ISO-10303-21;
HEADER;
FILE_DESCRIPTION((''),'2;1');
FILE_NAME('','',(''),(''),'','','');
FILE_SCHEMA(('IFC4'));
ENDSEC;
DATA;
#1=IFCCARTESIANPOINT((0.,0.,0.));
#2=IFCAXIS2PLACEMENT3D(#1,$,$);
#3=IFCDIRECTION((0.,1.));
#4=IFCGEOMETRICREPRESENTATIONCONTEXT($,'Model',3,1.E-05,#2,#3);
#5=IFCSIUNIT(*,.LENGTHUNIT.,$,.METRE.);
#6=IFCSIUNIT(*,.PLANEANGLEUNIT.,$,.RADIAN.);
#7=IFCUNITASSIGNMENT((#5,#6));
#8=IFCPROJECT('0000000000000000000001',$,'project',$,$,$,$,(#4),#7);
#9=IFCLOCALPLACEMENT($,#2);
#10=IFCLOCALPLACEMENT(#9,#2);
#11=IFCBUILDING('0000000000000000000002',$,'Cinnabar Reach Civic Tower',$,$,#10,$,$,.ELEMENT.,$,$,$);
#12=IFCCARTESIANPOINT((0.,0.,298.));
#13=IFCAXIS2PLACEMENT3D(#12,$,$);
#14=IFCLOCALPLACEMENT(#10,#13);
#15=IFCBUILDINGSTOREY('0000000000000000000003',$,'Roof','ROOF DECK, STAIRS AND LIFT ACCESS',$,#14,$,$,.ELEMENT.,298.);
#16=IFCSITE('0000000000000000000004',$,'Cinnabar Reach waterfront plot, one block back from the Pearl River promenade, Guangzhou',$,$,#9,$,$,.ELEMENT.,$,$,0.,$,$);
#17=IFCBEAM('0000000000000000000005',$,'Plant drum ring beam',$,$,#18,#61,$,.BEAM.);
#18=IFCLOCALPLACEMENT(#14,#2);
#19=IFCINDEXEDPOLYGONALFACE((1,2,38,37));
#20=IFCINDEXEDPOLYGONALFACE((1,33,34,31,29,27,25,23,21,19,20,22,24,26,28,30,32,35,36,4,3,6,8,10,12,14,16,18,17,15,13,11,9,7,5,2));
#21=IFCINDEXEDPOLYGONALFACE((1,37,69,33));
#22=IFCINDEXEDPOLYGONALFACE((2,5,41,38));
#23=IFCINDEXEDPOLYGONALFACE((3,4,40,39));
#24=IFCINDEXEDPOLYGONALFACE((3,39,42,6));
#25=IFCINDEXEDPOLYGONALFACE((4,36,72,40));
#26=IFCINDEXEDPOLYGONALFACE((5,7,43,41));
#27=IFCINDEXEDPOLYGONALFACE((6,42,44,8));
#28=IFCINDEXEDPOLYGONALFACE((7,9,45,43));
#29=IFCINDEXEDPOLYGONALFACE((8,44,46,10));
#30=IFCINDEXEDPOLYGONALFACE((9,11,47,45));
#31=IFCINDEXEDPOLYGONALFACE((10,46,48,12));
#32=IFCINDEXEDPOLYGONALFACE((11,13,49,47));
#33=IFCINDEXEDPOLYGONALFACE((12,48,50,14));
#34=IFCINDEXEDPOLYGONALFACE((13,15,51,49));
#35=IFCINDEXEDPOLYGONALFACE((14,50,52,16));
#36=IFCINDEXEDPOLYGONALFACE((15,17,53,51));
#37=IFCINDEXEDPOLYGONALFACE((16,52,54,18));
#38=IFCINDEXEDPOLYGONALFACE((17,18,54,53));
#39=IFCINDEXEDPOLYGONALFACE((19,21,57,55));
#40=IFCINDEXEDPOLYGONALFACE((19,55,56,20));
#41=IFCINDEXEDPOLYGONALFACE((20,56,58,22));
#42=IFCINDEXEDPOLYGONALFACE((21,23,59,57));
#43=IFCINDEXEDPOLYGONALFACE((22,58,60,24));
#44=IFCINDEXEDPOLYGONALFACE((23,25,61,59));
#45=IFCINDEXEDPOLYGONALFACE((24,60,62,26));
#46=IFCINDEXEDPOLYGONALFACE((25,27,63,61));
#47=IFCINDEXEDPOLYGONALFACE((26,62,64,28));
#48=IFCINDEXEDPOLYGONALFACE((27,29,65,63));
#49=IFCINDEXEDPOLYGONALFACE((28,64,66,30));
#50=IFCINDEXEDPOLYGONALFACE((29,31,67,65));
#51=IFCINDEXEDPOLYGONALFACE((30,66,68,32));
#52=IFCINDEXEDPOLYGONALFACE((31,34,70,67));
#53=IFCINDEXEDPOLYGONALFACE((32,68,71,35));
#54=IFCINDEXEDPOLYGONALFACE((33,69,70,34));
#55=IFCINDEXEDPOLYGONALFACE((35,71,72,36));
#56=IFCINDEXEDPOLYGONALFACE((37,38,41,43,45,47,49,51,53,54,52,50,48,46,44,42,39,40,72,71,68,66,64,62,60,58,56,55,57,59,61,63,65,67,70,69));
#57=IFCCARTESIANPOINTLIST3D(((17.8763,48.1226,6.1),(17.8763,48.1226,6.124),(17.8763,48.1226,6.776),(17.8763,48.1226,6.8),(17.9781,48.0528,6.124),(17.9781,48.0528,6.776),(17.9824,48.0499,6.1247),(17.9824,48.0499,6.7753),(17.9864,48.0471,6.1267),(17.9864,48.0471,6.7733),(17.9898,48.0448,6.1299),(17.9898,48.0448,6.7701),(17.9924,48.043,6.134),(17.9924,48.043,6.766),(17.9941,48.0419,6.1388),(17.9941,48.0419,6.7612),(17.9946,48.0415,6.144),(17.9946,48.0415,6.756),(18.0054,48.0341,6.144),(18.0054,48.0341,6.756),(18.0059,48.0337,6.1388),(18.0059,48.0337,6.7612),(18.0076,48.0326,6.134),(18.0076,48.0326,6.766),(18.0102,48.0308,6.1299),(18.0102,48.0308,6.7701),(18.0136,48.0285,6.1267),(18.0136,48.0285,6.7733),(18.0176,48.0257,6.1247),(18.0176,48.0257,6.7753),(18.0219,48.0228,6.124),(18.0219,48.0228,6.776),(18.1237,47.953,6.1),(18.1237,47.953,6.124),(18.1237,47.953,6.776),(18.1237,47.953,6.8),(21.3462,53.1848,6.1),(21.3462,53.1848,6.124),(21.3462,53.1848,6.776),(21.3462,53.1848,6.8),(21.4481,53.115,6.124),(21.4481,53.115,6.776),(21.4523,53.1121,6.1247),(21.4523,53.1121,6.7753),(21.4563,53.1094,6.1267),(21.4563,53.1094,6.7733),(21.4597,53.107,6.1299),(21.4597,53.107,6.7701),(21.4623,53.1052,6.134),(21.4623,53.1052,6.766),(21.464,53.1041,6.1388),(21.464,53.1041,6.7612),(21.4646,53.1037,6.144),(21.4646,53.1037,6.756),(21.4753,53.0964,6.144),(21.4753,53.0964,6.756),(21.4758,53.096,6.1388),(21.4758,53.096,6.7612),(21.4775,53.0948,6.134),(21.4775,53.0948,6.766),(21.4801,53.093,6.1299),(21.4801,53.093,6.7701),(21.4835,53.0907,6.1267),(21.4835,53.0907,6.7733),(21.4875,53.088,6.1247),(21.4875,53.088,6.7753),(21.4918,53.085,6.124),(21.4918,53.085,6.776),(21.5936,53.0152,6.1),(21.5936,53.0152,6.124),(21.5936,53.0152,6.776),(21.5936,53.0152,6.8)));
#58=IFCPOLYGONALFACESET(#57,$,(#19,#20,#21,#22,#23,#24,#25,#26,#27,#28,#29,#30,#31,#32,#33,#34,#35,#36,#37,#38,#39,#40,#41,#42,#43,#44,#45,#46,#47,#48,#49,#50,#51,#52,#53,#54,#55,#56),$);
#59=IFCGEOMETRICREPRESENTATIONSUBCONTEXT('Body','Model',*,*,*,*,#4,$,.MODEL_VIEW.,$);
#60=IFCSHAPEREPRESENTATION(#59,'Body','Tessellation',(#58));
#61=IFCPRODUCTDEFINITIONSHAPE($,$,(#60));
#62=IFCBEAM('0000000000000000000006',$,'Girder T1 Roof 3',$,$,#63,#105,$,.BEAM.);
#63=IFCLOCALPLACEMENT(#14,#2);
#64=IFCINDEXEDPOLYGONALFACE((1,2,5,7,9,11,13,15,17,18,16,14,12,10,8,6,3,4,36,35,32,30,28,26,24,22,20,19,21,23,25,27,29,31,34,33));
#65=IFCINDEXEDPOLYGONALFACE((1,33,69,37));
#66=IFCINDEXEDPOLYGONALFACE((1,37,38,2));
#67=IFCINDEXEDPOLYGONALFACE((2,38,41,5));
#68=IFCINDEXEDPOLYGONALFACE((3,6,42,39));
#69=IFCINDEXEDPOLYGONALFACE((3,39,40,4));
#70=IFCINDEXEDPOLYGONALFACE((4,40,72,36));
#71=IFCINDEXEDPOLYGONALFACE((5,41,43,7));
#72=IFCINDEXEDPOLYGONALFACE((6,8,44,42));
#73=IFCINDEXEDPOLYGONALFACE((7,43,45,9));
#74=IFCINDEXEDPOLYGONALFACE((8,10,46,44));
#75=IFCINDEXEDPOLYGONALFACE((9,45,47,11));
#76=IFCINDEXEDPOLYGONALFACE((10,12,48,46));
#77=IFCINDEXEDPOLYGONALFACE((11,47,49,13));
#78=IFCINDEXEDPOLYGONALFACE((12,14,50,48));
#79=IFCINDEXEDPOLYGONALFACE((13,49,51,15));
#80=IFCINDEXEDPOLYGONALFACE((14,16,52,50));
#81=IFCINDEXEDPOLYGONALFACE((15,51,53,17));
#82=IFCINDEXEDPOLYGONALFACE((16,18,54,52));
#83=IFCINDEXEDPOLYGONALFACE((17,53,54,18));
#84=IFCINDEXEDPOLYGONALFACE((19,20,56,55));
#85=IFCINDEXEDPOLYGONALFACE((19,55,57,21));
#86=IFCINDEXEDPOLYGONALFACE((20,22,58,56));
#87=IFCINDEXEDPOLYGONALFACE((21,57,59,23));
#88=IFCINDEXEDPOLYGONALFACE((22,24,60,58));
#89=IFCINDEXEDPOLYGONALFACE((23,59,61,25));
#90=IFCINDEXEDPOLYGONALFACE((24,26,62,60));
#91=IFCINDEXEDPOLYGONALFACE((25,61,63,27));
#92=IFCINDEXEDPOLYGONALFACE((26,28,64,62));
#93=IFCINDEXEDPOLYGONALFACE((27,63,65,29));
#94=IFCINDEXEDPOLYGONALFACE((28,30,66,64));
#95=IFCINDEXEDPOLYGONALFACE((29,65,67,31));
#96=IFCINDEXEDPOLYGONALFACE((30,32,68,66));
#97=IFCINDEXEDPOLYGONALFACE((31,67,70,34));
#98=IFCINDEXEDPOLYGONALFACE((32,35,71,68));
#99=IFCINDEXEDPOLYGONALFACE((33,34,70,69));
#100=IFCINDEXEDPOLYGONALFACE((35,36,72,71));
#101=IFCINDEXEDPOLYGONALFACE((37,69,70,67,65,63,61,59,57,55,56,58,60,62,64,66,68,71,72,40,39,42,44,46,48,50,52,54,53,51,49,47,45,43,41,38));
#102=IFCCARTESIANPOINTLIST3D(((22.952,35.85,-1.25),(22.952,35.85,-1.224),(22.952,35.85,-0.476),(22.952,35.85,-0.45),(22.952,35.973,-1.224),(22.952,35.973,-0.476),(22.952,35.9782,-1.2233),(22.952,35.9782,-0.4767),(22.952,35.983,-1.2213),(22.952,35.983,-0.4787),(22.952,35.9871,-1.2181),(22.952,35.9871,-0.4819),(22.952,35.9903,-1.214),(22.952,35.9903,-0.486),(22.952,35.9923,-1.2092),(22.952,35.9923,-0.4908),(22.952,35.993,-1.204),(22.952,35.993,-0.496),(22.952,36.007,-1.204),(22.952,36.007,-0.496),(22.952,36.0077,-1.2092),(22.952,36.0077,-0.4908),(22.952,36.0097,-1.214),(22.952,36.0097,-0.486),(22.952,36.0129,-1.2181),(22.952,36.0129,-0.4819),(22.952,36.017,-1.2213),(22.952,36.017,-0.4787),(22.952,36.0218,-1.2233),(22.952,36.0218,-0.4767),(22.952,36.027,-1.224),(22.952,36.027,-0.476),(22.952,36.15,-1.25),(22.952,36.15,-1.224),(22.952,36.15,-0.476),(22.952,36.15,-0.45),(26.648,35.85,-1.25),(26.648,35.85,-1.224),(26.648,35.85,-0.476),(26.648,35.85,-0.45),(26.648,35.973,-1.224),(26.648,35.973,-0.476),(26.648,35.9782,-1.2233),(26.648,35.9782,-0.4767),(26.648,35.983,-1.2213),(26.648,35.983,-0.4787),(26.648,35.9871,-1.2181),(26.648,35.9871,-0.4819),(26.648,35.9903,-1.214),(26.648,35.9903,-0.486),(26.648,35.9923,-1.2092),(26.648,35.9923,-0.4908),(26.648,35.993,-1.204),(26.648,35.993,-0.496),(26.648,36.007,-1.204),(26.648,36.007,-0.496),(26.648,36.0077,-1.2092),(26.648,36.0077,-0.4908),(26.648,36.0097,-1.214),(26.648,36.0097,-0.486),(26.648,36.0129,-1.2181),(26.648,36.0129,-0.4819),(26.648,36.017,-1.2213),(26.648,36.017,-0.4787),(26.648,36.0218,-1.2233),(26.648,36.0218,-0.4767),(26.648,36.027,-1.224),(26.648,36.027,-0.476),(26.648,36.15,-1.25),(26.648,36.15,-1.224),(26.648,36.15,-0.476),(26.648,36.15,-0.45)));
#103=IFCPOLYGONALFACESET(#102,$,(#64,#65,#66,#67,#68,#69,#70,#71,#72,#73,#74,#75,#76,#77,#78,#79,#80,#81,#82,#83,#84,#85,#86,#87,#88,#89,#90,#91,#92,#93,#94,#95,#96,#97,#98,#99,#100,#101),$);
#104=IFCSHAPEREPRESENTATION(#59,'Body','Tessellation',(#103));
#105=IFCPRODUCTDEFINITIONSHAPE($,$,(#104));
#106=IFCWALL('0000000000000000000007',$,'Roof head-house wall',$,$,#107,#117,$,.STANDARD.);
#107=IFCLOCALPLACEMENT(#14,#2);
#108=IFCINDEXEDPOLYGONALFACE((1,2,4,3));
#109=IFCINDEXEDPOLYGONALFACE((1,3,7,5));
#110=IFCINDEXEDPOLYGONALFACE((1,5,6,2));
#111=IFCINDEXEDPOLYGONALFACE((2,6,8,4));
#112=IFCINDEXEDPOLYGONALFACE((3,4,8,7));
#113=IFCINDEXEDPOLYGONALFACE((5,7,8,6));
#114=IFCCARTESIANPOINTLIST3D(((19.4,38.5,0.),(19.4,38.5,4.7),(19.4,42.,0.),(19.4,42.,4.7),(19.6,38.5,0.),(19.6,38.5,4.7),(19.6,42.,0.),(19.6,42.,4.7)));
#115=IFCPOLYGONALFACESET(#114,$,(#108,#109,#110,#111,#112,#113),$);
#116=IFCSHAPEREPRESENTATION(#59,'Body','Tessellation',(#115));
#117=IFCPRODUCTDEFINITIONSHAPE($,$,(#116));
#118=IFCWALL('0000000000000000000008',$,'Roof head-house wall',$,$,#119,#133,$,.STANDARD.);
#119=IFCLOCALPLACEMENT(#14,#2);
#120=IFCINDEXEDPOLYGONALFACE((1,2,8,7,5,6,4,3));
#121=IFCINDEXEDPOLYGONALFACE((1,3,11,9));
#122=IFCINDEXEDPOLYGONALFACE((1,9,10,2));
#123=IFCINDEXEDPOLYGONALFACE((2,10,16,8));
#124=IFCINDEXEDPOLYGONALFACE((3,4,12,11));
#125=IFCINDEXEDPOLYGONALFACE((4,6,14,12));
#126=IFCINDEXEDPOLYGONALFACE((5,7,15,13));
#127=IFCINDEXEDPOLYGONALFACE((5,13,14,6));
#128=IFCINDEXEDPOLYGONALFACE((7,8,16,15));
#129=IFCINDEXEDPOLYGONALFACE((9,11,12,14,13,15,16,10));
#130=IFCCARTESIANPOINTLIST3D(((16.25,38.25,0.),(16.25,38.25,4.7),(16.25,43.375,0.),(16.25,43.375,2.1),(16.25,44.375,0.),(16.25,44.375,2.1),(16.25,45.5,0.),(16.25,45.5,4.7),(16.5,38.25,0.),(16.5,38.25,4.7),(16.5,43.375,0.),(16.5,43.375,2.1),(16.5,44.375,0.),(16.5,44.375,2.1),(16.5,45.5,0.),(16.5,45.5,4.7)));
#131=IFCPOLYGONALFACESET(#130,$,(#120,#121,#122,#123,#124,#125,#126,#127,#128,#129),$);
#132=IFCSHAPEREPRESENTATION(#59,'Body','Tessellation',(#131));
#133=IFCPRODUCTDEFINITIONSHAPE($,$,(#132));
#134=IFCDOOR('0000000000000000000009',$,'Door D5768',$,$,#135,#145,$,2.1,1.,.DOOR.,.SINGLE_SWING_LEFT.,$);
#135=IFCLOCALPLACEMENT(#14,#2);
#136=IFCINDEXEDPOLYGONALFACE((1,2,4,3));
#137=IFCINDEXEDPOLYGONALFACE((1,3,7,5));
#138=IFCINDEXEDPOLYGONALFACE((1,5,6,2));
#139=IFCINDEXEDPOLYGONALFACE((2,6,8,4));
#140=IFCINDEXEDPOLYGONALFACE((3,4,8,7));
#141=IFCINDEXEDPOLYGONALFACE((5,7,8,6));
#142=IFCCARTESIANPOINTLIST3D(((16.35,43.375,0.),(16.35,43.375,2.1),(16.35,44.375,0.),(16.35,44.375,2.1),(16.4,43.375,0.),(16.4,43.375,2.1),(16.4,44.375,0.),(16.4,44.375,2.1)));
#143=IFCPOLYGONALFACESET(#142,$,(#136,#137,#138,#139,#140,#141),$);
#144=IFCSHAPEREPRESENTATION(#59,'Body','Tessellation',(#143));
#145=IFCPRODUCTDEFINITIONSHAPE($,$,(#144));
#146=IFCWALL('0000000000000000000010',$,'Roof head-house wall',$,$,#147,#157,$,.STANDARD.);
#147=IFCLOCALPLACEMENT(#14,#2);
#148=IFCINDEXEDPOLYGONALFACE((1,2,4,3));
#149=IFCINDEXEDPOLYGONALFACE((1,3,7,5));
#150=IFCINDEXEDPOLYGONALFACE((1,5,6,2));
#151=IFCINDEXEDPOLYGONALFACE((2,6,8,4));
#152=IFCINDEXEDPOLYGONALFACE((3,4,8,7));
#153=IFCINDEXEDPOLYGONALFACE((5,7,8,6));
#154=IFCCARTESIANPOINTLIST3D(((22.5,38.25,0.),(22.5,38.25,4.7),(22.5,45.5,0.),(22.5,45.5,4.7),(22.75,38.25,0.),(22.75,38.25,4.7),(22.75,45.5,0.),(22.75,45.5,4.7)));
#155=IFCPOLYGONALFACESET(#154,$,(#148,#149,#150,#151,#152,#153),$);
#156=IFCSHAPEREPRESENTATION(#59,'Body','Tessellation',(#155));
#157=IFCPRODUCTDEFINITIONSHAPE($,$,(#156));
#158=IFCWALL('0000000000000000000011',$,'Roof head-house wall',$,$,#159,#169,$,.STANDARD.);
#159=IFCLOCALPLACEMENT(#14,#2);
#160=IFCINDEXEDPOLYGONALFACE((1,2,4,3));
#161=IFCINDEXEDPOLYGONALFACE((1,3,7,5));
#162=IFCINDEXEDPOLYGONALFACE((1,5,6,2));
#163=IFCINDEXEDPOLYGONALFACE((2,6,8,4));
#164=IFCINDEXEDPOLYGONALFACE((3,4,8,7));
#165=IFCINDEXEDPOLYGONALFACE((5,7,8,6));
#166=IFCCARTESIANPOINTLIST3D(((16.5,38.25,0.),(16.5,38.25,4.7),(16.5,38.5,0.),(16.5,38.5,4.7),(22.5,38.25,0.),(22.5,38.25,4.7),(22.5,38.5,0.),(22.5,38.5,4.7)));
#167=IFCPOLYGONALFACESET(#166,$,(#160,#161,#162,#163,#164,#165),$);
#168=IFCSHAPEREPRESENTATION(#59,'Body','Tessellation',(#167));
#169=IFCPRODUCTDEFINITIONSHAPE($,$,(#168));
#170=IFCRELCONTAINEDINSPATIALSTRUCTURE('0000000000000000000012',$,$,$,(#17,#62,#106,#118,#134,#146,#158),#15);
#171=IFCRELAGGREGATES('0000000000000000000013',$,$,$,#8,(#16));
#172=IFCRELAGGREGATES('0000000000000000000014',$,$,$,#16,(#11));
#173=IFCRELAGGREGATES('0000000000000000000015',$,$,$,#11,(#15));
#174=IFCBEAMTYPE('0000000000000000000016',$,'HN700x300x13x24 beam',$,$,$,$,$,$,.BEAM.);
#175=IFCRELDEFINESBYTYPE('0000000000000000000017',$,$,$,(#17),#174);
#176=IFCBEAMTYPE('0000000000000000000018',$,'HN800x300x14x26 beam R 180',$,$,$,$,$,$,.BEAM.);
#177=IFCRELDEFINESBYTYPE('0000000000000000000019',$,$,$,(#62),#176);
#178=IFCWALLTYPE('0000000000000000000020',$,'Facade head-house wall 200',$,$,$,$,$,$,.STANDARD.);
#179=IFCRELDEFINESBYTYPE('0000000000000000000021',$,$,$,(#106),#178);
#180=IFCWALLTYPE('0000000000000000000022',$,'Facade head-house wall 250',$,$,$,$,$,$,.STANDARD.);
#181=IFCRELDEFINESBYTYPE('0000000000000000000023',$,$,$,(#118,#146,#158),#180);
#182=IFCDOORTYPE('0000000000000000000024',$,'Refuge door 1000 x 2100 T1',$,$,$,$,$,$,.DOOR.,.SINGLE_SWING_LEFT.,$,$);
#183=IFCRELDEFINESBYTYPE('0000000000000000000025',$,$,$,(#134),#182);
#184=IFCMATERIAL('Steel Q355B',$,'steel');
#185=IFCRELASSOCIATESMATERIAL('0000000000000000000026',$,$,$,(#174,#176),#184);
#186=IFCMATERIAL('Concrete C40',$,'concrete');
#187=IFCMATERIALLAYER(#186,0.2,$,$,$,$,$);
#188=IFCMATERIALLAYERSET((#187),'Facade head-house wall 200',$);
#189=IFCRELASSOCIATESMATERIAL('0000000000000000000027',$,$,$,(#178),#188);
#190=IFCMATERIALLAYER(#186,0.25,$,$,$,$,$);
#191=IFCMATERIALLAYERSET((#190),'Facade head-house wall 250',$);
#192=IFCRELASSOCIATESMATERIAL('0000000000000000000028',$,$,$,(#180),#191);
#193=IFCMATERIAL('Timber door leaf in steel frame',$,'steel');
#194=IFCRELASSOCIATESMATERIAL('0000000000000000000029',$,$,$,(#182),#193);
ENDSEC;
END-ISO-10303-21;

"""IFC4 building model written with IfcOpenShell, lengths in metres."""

from ifc_helpers import new_model, si_unit, direction, frame, frame_2d, origin, origin_2d, place, context, subcontext, project, spatial, rectangle, i_section, extrude, material, layer, layer_set, material_profile, profile_set, type_object, element, fill, save


model = new_model("IFC4")

# Units and contexts
model_context = context("Model", 3, precision=1e-05, world=origin(), true_north=direction((0.0, 1.0)))
body_context = subcontext(model_context, "Body", "Model", "MODEL_VIEW")
ifc_project = project(units=[si_unit("LENGTHUNIT", "METRE"), si_unit("PLANEANGLEUNIT", "RADIAN")], contexts=[model_context])

# Site, building, storey
site_placement = place(None, origin())
site = spatial("IfcSite", under=ifc_project, at=site_placement, Name="Cinnabar Reach waterfront plot, one block back from the Pearl River promenade, Guangzhou", CompositionType="ELEMENT", RefElevation=0.0)
building_placement = place(site_placement, origin())
building = spatial("IfcBuilding", under=site, at=building_placement, Name="Cinnabar Reach Civic Tower", CompositionType="ELEMENT")
storey_placement = place(building_placement, frame((0.0, 0.0, 298.0)))
storey = spatial("IfcBuildingStorey", under=building, at=storey_placement, Name="Roof", Description="ROOF DECK, STAIRS AND LIFT ACCESS", CompositionType="ELEMENT", Elevation=298.0)

# Shared definitions
ifc_material_1 = material(Name="Steel Q355B", Category="steel")

# Beams
ifc_material_profile_1 = material_profile(ifc_material_1, i_section(OverallWidth=0.3, OverallDepth=0.7, WebThickness=0.013, FlangeThickness=0.024, FilletRadius=0.02, at=origin_2d()), Name="HN700x300x13x24")
ifc_profile_set_1 = profile_set([ifc_material_profile_1], Name="Steel Q355B")
beam_type_1 = type_object("IfcBeamType", Name="HN700x300x13x24 beam", PredefinedType="BEAM", material=ifc_profile_set_1)
beam_1_placement = place(storey_placement, frame((18.0, 48.0378, 6.45), z_axis=(0.565382, 0.824829, 0.0), x_axis=(-0.824829, 0.565382, 0.0)))
element("IfcBeam", 1, at=beam_1_placement, inside=storey, type_object=beam_type_1, Name="Plant drum ring beam", PredefinedType="BEAM", context=body_context, shape_type="SweptSolid", body=[
    extrude(i_section(OverallWidth=0.3, OverallDepth=0.7, WebThickness=0.013, FlangeThickness=0.024, FilletRadius=0.02, at=origin_2d()), origin(), (0.0, 0.0, 1.0), 6.1373),
])
ifc_material_profile_2 = material_profile(ifc_material_1, i_section(OverallWidth=0.3, OverallDepth=0.8, WebThickness=0.014, FlangeThickness=0.026, FilletRadius=0.02, at=origin_2d()), Name="HN800x300x14x26")
ifc_profile_set_2 = profile_set([ifc_material_profile_2], Name="Steel Q355B")
beam_type_2 = type_object("IfcBeamType", Name="HN800x300x14x26 beam R 180", PredefinedType="BEAM", material=ifc_profile_set_2)
beam_2_placement = place(storey_placement, frame((22.952, 36.0, -0.85), z_axis=(1.0, 0.0, 0.0), x_axis=(0.0, 1.0, 0.0)))
element("IfcBeam", 2, at=beam_2_placement, inside=storey, type_object=beam_type_2, Name="Girder T1 Roof 3", PredefinedType="BEAM", context=body_context, shape_type="SweptSolid", body=[
    extrude(i_section(OverallWidth=0.3, OverallDepth=0.8, WebThickness=0.014, FlangeThickness=0.026, FilletRadius=0.02, at=origin_2d()), origin(), (0.0, 0.0, 1.0), 3.696),
])

# Wall
ifc_material_2 = material(Name="Concrete C40", Category="concrete")
ifc_layer_1 = layer(ifc_material_2, 0.2)
ifc_layer_set_1 = layer_set([ifc_layer_1], Name="Facade head-house wall 200")
wall_type_1 = type_object("IfcWallType", Name="Facade head-house wall 200", PredefinedType="STANDARD", material=ifc_layer_set_1)
wall_1_placement = place(storey_placement, frame((19.5, 38.5, 0.0), z_axis=(0.0, 0.0, 1.0), x_axis=(0.0, 1.0, 0.0)))
element("IfcWall", 3, at=wall_1_placement, inside=storey, type_object=wall_type_1, Name="Roof head-house wall", PredefinedType="STANDARD", context=body_context, shape_type="SweptSolid", body=[
    extrude(rectangle(XDim=3.5, YDim=0.2, at=frame_2d((1.75, 0.0))), origin(), (0.0, 0.0, 1.0), 4.7),
])

# Wall, opening, door
ifc_layer_2 = layer(ifc_material_2, 0.25)
ifc_layer_set_2 = layer_set([ifc_layer_2], Name="Facade head-house wall 250")
wall_type_2 = type_object("IfcWallType", Name="Facade head-house wall 250", PredefinedType="STANDARD", material=ifc_layer_set_2)
wall_2_placement = place(storey_placement, frame((16.375, 38.25, 0.0), z_axis=(0.0, 0.0, 1.0), x_axis=(0.0, 1.0, 0.0)))
wall_2 = element("IfcWall", 4, at=wall_2_placement, inside=storey, type_object=wall_type_2, Name="Roof head-house wall", PredefinedType="STANDARD", context=body_context, shape_type="SweptSolid", body=[
    extrude(rectangle(XDim=7.25, YDim=0.25, at=frame_2d((3.625, 0.0))), origin(), (0.0, 0.0, 1.0), 4.7),
])
opening_1_placement = place(wall_2_placement, frame((5.125, 0.0, 0.0)))
opening_1 = element("IfcOpeningElement", 5, at=opening_1_placement, cuts=wall_2, PredefinedType="OPENING", context=body_context, shape_type="SweptSolid", body=[
    extrude(rectangle(XDim=1.0, YDim=2.1, at=frame_2d((0.5, 1.05))), frame((0.0, 0.135, 0.0), z_axis=(0.0, -1.0, 0.0), x_axis=(1.0, 0.0, 0.0)), (0.0, 0.0, 1.0), 0.27),
])
ifc_material_3 = material(Name="Timber door leaf in steel frame", Category="steel")
door_type_1 = type_object("IfcDoorType", Name="Refuge door 1000 x 2100 T1", OperationType="SINGLE_SWING_LEFT", PredefinedType="DOOR", material=ifc_material_3)
door_1_placement = place(opening_1_placement, frame((1.0, 0.0, 0.0), z_axis=(0.0, 0.0, 1.0), x_axis=(-1.0, 0.0, 0.0)))
door_1 = element("IfcDoor", 6, at=door_1_placement, inside=storey, type_object=door_type_1, Name="Door D5768", OperationType="SINGLE_SWING_LEFT", OverallHeight=2.1, OverallWidth=1.0, PredefinedType="DOOR", context=body_context, shape_type="SweptSolid", body=[
    extrude(rectangle(XDim=1.0, YDim=2.1, at=frame_2d((0.5, 1.05))), frame((0.0, 0.025, 0.0), z_axis=(0.0, -1.0, 0.0), x_axis=(1.0, 0.0, 0.0)), (0.0, 0.0, 1.0), 0.05),
])
fill(opening_1, door_1)

# Walls
wall_3_placement = place(storey_placement, frame((22.625, 38.25, 0.0), z_axis=(0.0, 0.0, 1.0), x_axis=(0.0, 1.0, 0.0)))
element("IfcWall", 7, at=wall_3_placement, inside=storey, type_object=wall_type_2, Name="Roof head-house wall", PredefinedType="STANDARD", context=body_context, shape_type="SweptSolid", body=[
    extrude(rectangle(XDim=7.25, YDim=0.25, at=frame_2d((3.625, 0.0))), origin(), (0.0, 0.0, 1.0), 4.7),
])
wall_4_placement = place(storey_placement, frame((16.5, 38.375, 0.0), z_axis=(0.0, 0.0, 1.0), x_axis=(1.0, 0.0, 0.0)))
element("IfcWall", 8, at=wall_4_placement, inside=storey, type_object=wall_type_2, Name="Roof head-house wall", PredefinedType="STANDARD", context=body_context, shape_type="SweptSolid", body=[
    extrude(rectangle(XDim=6.0, YDim=0.25, at=frame_2d((3.0, 0.0))), origin(), (0.0, 0.0, 1.0), 4.7),
])

save(model, "model.ifc")
